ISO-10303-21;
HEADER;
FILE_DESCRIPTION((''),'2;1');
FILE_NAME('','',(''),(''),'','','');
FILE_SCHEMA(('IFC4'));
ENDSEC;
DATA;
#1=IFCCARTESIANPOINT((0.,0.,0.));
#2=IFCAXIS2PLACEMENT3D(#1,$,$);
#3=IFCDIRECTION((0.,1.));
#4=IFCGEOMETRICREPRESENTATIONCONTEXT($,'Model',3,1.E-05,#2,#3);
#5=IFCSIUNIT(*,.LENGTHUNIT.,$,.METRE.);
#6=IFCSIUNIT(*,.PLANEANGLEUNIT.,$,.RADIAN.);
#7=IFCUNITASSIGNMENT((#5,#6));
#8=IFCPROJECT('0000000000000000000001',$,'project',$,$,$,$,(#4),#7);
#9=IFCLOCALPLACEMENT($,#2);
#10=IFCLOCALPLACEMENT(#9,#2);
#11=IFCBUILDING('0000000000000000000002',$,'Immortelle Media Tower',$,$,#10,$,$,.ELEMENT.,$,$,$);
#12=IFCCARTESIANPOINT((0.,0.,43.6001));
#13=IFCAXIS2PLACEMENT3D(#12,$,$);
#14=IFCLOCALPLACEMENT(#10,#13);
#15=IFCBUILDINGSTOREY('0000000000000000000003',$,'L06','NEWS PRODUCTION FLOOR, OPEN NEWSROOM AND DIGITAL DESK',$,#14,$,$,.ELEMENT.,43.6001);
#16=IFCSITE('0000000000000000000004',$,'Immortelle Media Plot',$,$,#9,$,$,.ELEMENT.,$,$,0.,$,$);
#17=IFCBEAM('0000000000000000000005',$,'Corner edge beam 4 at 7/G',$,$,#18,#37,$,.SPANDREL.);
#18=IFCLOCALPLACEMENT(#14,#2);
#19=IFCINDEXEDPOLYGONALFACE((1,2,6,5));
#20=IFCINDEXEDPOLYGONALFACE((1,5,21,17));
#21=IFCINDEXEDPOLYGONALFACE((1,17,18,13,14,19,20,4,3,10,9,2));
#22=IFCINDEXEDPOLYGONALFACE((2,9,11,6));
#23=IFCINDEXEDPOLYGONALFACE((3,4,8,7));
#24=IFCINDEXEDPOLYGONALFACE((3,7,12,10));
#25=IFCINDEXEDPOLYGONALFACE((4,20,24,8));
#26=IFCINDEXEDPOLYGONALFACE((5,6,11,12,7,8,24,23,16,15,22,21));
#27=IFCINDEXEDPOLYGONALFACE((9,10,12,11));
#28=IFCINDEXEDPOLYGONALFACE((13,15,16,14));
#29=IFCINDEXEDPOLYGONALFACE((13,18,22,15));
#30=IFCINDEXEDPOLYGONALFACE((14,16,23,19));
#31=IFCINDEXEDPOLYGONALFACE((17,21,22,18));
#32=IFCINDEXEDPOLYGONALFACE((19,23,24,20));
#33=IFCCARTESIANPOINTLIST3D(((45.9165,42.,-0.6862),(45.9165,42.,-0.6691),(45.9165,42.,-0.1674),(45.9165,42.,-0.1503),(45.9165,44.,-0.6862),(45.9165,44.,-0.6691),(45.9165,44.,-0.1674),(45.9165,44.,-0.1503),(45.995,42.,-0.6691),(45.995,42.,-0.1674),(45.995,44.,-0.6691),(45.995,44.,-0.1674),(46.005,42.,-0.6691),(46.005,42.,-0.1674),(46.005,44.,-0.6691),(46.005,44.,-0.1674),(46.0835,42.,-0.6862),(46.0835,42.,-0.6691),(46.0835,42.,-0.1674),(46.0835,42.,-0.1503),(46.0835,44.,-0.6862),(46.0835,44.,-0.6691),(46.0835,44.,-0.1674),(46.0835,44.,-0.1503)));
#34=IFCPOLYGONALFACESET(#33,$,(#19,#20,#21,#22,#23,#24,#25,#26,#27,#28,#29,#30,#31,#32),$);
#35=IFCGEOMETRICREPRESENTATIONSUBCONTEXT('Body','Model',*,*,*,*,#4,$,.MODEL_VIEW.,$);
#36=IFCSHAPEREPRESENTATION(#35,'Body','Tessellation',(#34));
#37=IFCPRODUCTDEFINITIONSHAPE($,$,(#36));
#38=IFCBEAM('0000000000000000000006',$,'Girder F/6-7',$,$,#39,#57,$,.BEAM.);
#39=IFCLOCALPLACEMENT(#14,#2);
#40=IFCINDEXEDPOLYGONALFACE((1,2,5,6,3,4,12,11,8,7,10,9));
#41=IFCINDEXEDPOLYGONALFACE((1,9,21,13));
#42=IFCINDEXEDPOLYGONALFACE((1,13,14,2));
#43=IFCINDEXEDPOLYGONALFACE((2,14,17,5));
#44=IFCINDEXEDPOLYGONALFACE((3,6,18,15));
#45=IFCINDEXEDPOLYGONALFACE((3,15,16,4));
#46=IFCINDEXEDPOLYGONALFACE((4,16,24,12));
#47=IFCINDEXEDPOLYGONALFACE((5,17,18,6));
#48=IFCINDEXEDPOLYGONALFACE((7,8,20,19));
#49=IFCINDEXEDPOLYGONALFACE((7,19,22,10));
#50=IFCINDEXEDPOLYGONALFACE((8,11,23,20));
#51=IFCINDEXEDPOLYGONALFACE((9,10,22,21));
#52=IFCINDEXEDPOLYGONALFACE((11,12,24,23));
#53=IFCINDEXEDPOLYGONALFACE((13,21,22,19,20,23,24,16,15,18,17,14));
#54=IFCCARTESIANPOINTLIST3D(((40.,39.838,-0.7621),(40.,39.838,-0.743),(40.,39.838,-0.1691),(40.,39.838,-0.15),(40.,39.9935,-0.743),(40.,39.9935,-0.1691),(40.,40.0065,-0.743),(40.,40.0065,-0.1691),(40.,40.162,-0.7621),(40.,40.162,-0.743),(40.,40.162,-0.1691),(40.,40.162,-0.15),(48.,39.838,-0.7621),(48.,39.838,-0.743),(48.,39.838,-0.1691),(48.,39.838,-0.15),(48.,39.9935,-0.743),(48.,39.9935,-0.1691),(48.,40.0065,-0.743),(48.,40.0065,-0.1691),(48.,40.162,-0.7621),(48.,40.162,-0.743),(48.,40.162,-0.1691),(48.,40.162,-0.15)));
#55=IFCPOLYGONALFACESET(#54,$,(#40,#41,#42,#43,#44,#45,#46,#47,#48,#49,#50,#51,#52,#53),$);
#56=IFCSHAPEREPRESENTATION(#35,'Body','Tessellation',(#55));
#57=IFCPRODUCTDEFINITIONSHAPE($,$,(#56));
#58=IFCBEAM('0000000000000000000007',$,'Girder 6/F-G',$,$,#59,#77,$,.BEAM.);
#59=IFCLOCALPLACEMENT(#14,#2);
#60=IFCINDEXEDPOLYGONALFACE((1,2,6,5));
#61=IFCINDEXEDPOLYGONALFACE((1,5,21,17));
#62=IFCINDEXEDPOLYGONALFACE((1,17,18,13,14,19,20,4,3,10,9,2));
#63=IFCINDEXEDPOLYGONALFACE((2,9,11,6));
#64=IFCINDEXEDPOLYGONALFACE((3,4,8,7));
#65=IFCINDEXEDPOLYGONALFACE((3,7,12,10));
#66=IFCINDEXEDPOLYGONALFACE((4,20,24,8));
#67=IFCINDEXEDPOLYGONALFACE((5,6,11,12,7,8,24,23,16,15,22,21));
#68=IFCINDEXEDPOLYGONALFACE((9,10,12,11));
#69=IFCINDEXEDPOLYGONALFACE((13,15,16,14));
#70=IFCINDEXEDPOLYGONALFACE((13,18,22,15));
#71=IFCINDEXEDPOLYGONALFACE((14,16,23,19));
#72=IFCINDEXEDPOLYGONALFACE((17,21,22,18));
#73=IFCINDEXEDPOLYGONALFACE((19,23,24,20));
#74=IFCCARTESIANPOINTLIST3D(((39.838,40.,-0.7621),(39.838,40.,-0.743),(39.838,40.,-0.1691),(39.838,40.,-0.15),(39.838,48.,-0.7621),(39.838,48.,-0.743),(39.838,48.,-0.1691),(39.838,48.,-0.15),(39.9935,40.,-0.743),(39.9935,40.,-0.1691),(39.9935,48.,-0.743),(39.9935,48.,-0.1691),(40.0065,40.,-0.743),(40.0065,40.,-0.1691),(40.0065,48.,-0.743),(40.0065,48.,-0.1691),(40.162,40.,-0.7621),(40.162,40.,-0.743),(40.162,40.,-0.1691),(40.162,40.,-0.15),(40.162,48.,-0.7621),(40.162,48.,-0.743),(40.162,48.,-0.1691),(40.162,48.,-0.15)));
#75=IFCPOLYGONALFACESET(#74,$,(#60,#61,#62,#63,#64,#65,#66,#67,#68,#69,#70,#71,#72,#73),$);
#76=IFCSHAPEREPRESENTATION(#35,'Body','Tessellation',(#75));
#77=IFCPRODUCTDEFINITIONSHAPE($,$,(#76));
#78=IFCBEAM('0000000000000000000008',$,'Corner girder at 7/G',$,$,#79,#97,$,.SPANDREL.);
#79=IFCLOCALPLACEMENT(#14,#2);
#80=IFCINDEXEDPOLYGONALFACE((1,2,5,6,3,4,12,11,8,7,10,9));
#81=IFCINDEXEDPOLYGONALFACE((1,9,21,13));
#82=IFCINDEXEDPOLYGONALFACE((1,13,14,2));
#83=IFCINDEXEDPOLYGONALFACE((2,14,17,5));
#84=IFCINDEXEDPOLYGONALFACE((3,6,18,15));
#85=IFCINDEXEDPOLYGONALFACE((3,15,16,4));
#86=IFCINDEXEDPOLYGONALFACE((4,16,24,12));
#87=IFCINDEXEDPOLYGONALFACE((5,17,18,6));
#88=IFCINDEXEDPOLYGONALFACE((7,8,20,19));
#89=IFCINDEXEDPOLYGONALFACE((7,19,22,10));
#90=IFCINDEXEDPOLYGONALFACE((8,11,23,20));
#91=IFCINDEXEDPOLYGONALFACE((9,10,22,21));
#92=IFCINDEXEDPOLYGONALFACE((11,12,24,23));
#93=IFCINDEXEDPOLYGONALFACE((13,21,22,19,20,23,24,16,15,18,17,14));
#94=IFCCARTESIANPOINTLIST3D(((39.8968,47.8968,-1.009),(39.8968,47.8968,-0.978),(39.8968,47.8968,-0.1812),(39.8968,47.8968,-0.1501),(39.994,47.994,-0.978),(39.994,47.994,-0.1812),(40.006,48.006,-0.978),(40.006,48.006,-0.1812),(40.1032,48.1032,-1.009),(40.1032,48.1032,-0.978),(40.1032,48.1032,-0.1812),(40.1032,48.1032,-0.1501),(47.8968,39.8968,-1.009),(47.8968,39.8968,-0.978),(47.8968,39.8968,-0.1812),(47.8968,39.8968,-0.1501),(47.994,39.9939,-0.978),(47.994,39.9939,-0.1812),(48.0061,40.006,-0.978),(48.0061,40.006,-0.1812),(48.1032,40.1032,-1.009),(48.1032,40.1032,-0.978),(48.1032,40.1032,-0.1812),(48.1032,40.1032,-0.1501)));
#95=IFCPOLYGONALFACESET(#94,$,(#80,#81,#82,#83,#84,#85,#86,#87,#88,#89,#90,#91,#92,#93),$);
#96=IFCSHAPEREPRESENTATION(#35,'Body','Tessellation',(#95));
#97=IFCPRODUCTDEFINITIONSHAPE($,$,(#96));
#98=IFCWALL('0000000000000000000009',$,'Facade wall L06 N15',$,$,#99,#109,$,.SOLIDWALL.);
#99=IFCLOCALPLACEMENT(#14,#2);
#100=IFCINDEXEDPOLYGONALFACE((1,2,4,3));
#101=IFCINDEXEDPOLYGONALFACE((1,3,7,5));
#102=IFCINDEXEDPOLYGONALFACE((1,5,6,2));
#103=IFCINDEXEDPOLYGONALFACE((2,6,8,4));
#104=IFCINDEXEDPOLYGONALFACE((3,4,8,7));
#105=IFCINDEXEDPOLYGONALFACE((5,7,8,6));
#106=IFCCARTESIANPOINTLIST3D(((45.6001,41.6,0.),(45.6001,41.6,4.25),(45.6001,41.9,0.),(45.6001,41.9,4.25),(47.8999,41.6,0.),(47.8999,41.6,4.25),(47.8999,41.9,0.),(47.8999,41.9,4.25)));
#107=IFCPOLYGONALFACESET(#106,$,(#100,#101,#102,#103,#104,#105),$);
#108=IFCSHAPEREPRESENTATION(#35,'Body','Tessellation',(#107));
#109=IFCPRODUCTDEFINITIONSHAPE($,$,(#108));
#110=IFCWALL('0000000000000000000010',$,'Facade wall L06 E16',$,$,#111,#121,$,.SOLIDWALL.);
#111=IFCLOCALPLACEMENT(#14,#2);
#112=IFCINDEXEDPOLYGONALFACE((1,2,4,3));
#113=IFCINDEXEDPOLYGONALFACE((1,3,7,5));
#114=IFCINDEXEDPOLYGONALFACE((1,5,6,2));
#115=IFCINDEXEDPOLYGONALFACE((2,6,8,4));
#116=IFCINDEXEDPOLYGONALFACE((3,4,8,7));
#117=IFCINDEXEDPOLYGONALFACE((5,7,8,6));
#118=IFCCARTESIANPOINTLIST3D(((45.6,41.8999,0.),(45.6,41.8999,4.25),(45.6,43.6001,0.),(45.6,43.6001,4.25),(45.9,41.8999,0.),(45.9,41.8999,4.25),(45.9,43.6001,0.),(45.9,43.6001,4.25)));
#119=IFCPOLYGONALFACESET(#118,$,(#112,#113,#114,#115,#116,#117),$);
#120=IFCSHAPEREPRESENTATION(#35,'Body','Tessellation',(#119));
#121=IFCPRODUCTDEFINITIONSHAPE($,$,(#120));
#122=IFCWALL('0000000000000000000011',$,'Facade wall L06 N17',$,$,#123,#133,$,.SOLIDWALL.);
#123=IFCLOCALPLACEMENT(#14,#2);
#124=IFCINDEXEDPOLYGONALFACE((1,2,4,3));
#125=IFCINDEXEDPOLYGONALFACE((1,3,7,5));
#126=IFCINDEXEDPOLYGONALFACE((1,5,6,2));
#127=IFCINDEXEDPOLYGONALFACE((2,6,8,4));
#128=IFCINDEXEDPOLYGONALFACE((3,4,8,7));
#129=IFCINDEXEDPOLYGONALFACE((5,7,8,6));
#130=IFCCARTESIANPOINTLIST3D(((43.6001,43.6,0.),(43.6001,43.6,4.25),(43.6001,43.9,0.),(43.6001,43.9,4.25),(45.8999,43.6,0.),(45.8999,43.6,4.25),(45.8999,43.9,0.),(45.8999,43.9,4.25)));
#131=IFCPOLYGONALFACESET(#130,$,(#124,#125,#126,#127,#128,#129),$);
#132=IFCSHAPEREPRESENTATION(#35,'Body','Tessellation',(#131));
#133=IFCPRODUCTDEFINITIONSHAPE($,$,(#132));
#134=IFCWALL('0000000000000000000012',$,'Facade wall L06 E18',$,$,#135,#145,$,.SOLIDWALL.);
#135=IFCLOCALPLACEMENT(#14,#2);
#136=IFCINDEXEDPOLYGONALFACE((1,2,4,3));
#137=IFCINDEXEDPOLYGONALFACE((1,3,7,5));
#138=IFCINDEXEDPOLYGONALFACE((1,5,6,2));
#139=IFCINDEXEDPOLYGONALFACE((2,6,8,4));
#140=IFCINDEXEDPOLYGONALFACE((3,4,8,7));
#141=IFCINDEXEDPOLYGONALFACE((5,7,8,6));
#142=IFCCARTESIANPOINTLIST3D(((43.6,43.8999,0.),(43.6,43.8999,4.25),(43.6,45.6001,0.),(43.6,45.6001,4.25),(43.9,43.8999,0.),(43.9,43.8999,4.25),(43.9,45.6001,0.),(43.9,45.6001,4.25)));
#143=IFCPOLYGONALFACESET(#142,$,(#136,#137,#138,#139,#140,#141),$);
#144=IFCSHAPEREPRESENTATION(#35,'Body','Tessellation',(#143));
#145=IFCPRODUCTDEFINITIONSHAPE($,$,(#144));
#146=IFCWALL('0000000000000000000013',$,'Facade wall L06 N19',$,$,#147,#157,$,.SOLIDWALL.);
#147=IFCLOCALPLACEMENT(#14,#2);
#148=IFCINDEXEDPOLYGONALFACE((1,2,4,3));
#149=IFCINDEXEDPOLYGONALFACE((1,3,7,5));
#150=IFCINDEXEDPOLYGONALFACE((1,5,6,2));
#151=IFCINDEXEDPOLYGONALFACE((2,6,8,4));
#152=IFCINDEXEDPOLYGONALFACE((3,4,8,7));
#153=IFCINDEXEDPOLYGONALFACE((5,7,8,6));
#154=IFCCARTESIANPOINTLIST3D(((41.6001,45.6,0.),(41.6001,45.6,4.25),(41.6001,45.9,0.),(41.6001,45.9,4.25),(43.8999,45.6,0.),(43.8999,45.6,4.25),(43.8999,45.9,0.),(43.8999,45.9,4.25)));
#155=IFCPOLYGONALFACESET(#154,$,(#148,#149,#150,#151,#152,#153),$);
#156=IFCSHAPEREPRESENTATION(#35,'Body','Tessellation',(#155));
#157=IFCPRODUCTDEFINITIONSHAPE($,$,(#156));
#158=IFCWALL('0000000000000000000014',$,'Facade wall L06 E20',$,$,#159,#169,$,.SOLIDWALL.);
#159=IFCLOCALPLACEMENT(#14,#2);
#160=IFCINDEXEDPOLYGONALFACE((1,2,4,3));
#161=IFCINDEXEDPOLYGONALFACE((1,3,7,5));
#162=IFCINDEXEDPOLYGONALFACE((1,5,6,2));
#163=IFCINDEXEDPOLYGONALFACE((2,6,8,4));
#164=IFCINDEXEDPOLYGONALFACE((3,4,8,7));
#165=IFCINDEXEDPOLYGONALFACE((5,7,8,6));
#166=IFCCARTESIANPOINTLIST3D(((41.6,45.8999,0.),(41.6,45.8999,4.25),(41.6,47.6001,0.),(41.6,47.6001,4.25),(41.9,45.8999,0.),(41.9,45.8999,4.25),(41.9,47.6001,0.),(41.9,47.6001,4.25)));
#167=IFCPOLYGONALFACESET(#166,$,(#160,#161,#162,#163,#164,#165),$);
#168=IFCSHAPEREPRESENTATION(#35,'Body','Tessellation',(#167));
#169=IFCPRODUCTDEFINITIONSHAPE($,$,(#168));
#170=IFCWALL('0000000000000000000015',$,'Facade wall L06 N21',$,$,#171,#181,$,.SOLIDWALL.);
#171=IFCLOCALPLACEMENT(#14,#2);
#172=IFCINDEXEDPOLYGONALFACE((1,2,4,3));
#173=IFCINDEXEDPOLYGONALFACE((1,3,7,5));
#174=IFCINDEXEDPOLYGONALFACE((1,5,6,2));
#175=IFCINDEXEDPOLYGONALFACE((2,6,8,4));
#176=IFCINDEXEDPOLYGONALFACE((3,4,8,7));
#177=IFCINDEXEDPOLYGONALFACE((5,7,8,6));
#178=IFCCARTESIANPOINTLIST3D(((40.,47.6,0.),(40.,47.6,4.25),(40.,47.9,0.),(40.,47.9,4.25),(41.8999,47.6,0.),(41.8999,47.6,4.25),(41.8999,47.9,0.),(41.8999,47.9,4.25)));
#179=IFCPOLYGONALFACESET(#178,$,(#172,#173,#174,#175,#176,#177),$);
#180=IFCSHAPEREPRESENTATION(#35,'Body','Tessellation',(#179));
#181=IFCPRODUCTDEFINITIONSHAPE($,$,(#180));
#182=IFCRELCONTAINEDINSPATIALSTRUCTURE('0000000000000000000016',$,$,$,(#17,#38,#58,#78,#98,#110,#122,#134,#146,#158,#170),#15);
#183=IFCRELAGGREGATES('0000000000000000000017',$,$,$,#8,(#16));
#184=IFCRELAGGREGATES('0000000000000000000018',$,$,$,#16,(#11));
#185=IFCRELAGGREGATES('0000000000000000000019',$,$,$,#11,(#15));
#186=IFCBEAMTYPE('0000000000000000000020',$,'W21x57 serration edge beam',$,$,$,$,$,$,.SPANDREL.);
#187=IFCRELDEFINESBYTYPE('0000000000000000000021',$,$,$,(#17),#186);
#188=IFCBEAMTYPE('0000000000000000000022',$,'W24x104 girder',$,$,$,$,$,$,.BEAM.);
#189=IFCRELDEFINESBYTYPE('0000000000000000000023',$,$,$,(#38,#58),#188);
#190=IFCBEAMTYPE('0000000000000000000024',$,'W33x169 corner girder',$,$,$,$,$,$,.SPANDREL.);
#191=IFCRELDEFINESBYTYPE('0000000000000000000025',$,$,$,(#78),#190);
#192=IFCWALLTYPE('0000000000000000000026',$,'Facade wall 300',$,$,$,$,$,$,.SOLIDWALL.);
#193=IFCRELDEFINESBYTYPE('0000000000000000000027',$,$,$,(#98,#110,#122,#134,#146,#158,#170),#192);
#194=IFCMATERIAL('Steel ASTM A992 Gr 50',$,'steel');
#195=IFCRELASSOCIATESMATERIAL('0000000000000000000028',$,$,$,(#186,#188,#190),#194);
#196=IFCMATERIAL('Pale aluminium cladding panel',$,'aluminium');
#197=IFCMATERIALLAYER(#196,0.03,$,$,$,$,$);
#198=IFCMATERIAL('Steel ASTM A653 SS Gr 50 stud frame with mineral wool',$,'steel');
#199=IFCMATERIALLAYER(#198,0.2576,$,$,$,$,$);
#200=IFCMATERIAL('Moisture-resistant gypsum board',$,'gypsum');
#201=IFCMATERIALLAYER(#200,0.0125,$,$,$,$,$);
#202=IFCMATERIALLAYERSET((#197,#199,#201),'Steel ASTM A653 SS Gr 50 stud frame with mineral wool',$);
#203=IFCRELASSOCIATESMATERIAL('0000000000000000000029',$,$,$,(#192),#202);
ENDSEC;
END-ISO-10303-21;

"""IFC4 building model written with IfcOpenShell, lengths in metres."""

from ifc_helpers import new_model, si_unit, direction, frame, frame_2d, origin, origin_2d, place, context, subcontext, project, spatial, rectangle, i_section, extrude, material, layer, layer_set, material_profile, profile_set, type_object, element, save


model = new_model("IFC4")

# Units and contexts
model_context = context("Model", 3, precision=1e-05, world=origin(), true_north=direction((0.0, 1.0)))
body_context = subcontext(model_context, "Body", "Model", "MODEL_VIEW")
ifc_project = project(units=[si_unit("LENGTHUNIT", "METRE"), si_unit("PLANEANGLEUNIT", "RADIAN")], contexts=[model_context])

# Site, building, storey
site_placement = place(None, origin())
site = spatial("IfcSite", under=ifc_project, at=site_placement, Name="Immortelle Media Plot", CompositionType="ELEMENT", RefElevation=0.0)
building_placement = place(site_placement, origin())
building = spatial("IfcBuilding", under=site, at=building_placement, Name="Immortelle Media Tower", CompositionType="ELEMENT")
storey_placement = place(building_placement, frame((0.0, 0.0, 43.6001)))
storey = spatial("IfcBuildingStorey", under=building, at=storey_placement, Name="L06", Description="NEWS PRODUCTION FLOOR, OPEN NEWSROOM AND DIGITAL DESK", CompositionType="ELEMENT", Elevation=43.6001)

# Shared definitions
ifc_material_1 = material(Name="Steel ASTM A992 Gr 50", Category="steel")

# Beams
ifc_material_profile_1 = material_profile(ifc_material_1, i_section(OverallWidth=0.167, OverallDepth=0.5359, WebThickness=0.01, FlangeThickness=0.0171, at=origin_2d()), Name="W21x57")
ifc_profile_set_1 = profile_set([ifc_material_profile_1], Name="Steel ASTM A992 Gr 50")
beam_type_1 = type_object("IfcBeamType", Name="W21x57 serration edge beam", PredefinedType="SPANDREL", material=ifc_profile_set_1)
for number, where, z_axis, x_axis, name in (
    (1, (46.0, 44.0, -0.4182), (0.0, -1.0, 0.0), (1.0, 0.0, 0.0), "Corner edge beam 4 at 7/G"),
):
    element("IfcBeam", number, at=place(storey_placement, frame(where, z_axis=z_axis, x_axis=x_axis)), inside=storey, type_object=beam_type_1, Name=name, PredefinedType="SPANDREL", context=body_context, shape_type="SweptSolid", body=[
        extrude(i_section(OverallWidth=0.167, OverallDepth=0.5359, WebThickness=0.01, FlangeThickness=0.0171, at=origin_2d()), origin(), (0.0, 0.0, 1.0), 2.0),
    ])
ifc_material_profile_2 = material_profile(ifc_material_1, i_section(OverallWidth=0.324, OverallDepth=0.6121, WebThickness=0.0129, FlangeThickness=0.019, at=origin_2d()), Name="W24x104")
ifc_profile_set_2 = profile_set([ifc_material_profile_2], Name="Steel ASTM A992 Gr 50")
beam_type_2 = type_object("IfcBeamType", Name="W24x104 girder", PredefinedType="BEAM", material=ifc_profile_set_2)
for number, where, z_axis, x_axis, name in (
    (2, (40.0, 40.0, -0.4561), (1.0, 0.0, 0.0), (0.0, 1.0, 0.0), "Girder F/6-7"),
    (3, (40.0, 40.0, -0.4561), (0.0, 1.0, 0.0), (-1.0, 0.0, 0.0), "Girder 6/F-G"),
):
    element("IfcBeam", number, at=place(storey_placement, frame(where, z_axis=z_axis, x_axis=x_axis)), inside=storey, type_object=beam_type_2, Name=name, PredefinedType="BEAM", context=body_context, shape_type="SweptSolid", body=[
        extrude(i_section(OverallWidth=0.324, OverallDepth=0.6121, WebThickness=0.0129, FlangeThickness=0.019, at=origin_2d()), origin(), (0.0, 0.0, 1.0), 8.0),
    ])
ifc_material_profile_3 = material_profile(ifc_material_1, i_section(OverallWidth=0.292, OverallDepth=0.8589, WebThickness=0.0171, FlangeThickness=0.031, at=origin_2d()), Name="W33x169")
ifc_profile_set_3 = profile_set([ifc_material_profile_3], Name="Steel ASTM A992 Gr 50")
beam_type_3 = type_object("IfcBeamType", Name="W33x169 corner girder", PredefinedType="SPANDREL", material=ifc_profile_set_3)
beam_1_placement = place(storey_placement, frame((40.0, 48.0, -0.5796), z_axis=(0.707107, -0.707107, 0.0), x_axis=(0.707107, 0.707107, 0.0)))
element("IfcBeam", 4, at=beam_1_placement, inside=storey, type_object=beam_type_3, Name="Corner girder at 7/G", PredefinedType="SPANDREL", context=body_context, shape_type="SweptSolid", body=[
    extrude(i_section(OverallWidth=0.292, OverallDepth=0.8589, WebThickness=0.0171, FlangeThickness=0.031, at=origin_2d()), origin(), (0.0, 0.0, 1.0), 11.3137),
])

# Walls
ifc_material_2 = material(Name="Pale aluminium cladding panel", Category="aluminium")
ifc_layer_1 = layer(ifc_material_2, 0.03)
ifc_material_3 = material(Name="Steel ASTM A653 SS Gr 50 stud frame with mineral wool", Category="steel")
ifc_layer_2 = layer(ifc_material_3, 0.2576)
ifc_material_4 = material(Name="Moisture-resistant gypsum board", Category="gypsum")
ifc_layer_3 = layer(ifc_material_4, 0.0125)
ifc_layer_set_1 = layer_set([ifc_layer_1, ifc_layer_2, ifc_layer_3], Name="Steel ASTM A653 SS Gr 50 stud frame with mineral wool")
wall_type_1 = type_object("IfcWallType", Name="Facade wall 300", PredefinedType="SOLIDWALL", material=ifc_layer_set_1)
wall_1_placement = place(storey_placement, frame((47.8999, 41.75, 0.0), z_axis=(0.0, 0.0, 1.0), x_axis=(-1.0, 0.0, 0.0)))
element("IfcWall", 5, at=wall_1_placement, inside=storey, type_object=wall_type_1, Name="Facade wall L06 N15", PredefinedType="SOLIDWALL", context=body_context, shape_type="SweptSolid", body=[
    extrude(rectangle(XDim=2.2998, YDim=0.3, at=frame_2d((1.1499, 0.0))), origin(), (0.0, 0.0, 1.0), 4.25),
])
wall_2_placement = place(storey_placement, frame((45.75, 41.8999, 0.0), z_axis=(0.0, 0.0, 1.0), x_axis=(0.0, 1.0, 0.0)))
element("IfcWall", 6, at=wall_2_placement, inside=storey, type_object=wall_type_1, Name="Facade wall L06 E16", PredefinedType="SOLIDWALL", context=body_context, shape_type="SweptSolid", body=[
    extrude(rectangle(XDim=1.7002, YDim=0.3, at=frame_2d((0.8501, 0.0))), origin(), (0.0, 0.0, 1.0), 4.25),
])
wall_3_placement = place(storey_placement, frame((45.8999, 43.75, 0.0), z_axis=(0.0, 0.0, 1.0), x_axis=(-1.0, 0.0, 0.0)))
element("IfcWall", 7, at=wall_3_placement, inside=storey, type_object=wall_type_1, Name="Facade wall L06 N17", PredefinedType="SOLIDWALL", context=body_context, shape_type="SweptSolid", body=[
    extrude(rectangle(XDim=2.2998, YDim=0.3, at=frame_2d((1.1499, 0.0))), origin(), (0.0, 0.0, 1.0), 4.25),
])
wall_4_placement = place(storey_placement, frame((43.75, 43.8999, 0.0), z_axis=(0.0, 0.0, 1.0), x_axis=(0.0, 1.0, 0.0)))
element("IfcWall", 8, at=wall_4_placement, inside=storey, type_object=wall_type_1, Name="Facade wall L06 E18", PredefinedType="SOLIDWALL", context=body_context, shape_type="SweptSolid", body=[
    extrude(rectangle(XDim=1.7002, YDim=0.3, at=frame_2d((0.8501, 0.0))), origin(), (0.0, 0.0, 1.0), 4.25),
])
wall_5_placement = place(storey_placement, frame((43.8999, 45.75, 0.0), z_axis=(0.0, 0.0, 1.0), x_axis=(-1.0, 0.0, 0.0)))
element("IfcWall", 9, at=wall_5_placement, inside=storey, type_object=wall_type_1, Name="Facade wall L06 N19", PredefinedType="SOLIDWALL", context=body_context, shape_type="SweptSolid", body=[
    extrude(rectangle(XDim=2.2998, YDim=0.3, at=frame_2d((1.1499, 0.0))), origin(), (0.0, 0.0, 1.0), 4.25),
])
wall_6_placement = place(storey_placement, frame((41.75, 45.8999, 0.0), z_axis=(0.0, 0.0, 1.0), x_axis=(0.0, 1.0, 0.0)))
element("IfcWall", 10, at=wall_6_placement, inside=storey, type_object=wall_type_1, Name="Facade wall L06 E20", PredefinedType="SOLIDWALL", context=body_context, shape_type="SweptSolid", body=[
    extrude(rectangle(XDim=1.7002, YDim=0.3, at=frame_2d((0.8501, 0.0))), origin(), (0.0, 0.0, 1.0), 4.25),
])
wall_7_placement = place(storey_placement, frame((41.8999, 47.75, 0.0), z_axis=(0.0, 0.0, 1.0), x_axis=(-1.0, 0.0, 0.0)))
element("IfcWall", 11, at=wall_7_placement, inside=storey, type_object=wall_type_1, Name="Facade wall L06 N21", PredefinedType="SOLIDWALL", context=body_context, shape_type="SweptSolid", body=[
    extrude(rectangle(XDim=1.8999, YDim=0.3, at=frame_2d((0.95, 0.0))), origin(), (0.0, 0.0, 1.0), 4.25),
])

save(model, "model.ifc")
